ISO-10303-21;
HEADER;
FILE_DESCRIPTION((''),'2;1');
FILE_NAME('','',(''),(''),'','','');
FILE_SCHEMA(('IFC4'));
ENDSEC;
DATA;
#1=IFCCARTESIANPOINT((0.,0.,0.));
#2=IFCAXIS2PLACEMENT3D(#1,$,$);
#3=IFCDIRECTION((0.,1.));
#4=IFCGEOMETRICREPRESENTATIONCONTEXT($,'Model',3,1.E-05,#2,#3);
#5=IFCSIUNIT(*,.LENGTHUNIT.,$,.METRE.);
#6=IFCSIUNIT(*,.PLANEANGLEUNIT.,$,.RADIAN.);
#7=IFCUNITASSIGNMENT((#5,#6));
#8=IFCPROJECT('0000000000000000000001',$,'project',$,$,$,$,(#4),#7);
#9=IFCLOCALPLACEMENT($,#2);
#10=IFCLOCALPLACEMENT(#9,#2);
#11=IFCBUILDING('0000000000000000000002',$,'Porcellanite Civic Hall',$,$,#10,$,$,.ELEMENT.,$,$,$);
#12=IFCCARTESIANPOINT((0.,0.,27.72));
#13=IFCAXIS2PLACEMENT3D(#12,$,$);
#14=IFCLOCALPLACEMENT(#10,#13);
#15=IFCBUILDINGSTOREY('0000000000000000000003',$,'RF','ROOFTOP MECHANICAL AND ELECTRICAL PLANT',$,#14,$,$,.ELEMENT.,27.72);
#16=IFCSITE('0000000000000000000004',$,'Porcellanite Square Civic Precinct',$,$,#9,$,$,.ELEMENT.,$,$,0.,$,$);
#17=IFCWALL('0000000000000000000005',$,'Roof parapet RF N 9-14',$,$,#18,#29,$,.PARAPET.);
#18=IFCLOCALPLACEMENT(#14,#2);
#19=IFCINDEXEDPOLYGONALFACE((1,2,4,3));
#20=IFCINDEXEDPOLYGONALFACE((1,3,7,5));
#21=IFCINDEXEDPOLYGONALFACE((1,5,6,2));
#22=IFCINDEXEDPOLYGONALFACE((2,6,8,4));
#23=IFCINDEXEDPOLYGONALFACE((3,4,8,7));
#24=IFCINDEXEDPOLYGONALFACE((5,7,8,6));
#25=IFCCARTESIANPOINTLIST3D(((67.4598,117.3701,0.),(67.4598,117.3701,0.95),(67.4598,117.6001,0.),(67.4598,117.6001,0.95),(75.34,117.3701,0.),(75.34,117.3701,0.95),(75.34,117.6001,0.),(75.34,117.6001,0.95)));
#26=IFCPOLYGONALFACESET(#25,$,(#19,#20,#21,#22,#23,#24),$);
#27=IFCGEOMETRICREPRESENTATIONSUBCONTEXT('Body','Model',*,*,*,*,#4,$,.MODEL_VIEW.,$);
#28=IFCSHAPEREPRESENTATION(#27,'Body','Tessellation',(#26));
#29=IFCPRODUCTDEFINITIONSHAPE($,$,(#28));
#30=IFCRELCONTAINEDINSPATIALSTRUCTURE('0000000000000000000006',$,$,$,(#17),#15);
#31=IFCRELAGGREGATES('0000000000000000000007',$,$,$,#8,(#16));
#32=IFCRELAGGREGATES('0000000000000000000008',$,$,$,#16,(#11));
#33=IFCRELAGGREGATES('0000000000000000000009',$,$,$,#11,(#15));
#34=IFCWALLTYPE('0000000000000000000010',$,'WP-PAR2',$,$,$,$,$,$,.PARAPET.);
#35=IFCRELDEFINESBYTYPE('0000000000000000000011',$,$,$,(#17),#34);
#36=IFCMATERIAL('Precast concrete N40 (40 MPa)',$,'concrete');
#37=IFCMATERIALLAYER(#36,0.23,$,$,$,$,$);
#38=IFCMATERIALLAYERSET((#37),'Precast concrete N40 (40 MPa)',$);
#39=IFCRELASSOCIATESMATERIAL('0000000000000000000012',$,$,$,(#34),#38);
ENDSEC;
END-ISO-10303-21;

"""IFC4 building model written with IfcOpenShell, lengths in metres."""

from ifc_helpers import new_model, si_unit, direction, frame, frame_2d, origin, place, context, subcontext, project, spatial, rectangle, extrude, material, layer, layer_set, type_object, element, save


model = new_model("IFC4")

# Units and contexts
model_context = context("Model", 3, precision=1e-05, world=origin(), true_north=direction((0.0, 1.0)))
body_context = subcontext(model_context, "Body", "Model", "MODEL_VIEW")
ifc_project = project(units=[si_unit("LENGTHUNIT", "METRE"), si_unit("PLANEANGLEUNIT", "RADIAN")], contexts=[model_context])

# Site, building, storey
site_placement = place(None, origin())
site = spatial("IfcSite", under=ifc_project, at=site_placement, Name="Porcellanite Square Civic Precinct", CompositionType="ELEMENT", RefElevation=0.0)
building_placement = place(site_placement, origin())
building = spatial("IfcBuilding", under=site, at=building_placement, Name="Porcellanite Civic Hall", CompositionType="ELEMENT")
storey_placement = place(building_placement, frame((0.0, 0.0, 27.72)))
storey = spatial("IfcBuildingStorey", under=building, at=storey_placement, Name="RF", Description="ROOFTOP MECHANICAL AND ELECTRICAL PLANT", CompositionType="ELEMENT", Elevation=27.72)

# Wall
ifc_material_1 = material(Name="Precast concrete N40 (40 MPa)", Category="concrete")
ifc_layer_1 = layer(ifc_material_1, 0.23)
ifc_layer_set_1 = layer_set([ifc_layer_1], Name="Precast concrete N40 (40 MPa)")
wall_type_1 = type_object("IfcWallType", Name="WP-PAR2", PredefinedType="PARAPET", material=ifc_layer_set_1)
wall_1_placement = place(storey_placement, frame((67.46, 117.4851, 0.0), z_axis=(0.0, 0.0, 1.0), x_axis=(1.0, 0.0, 0.0)))
element("IfcWall", 1, at=wall_1_placement, inside=storey, type_object=wall_type_1, Name="Roof parapet RF N 9-14", PredefinedType="PARAPET", context=body_context, shape_type="SweptSolid", body=[
    extrude(rectangle(XDim=7.8801, YDim=0.23, at=frame_2d((3.9399, 0.0))), origin(), (0.0, 0.0, 1.0), 0.95),
])

save(model, "model.ifc")
